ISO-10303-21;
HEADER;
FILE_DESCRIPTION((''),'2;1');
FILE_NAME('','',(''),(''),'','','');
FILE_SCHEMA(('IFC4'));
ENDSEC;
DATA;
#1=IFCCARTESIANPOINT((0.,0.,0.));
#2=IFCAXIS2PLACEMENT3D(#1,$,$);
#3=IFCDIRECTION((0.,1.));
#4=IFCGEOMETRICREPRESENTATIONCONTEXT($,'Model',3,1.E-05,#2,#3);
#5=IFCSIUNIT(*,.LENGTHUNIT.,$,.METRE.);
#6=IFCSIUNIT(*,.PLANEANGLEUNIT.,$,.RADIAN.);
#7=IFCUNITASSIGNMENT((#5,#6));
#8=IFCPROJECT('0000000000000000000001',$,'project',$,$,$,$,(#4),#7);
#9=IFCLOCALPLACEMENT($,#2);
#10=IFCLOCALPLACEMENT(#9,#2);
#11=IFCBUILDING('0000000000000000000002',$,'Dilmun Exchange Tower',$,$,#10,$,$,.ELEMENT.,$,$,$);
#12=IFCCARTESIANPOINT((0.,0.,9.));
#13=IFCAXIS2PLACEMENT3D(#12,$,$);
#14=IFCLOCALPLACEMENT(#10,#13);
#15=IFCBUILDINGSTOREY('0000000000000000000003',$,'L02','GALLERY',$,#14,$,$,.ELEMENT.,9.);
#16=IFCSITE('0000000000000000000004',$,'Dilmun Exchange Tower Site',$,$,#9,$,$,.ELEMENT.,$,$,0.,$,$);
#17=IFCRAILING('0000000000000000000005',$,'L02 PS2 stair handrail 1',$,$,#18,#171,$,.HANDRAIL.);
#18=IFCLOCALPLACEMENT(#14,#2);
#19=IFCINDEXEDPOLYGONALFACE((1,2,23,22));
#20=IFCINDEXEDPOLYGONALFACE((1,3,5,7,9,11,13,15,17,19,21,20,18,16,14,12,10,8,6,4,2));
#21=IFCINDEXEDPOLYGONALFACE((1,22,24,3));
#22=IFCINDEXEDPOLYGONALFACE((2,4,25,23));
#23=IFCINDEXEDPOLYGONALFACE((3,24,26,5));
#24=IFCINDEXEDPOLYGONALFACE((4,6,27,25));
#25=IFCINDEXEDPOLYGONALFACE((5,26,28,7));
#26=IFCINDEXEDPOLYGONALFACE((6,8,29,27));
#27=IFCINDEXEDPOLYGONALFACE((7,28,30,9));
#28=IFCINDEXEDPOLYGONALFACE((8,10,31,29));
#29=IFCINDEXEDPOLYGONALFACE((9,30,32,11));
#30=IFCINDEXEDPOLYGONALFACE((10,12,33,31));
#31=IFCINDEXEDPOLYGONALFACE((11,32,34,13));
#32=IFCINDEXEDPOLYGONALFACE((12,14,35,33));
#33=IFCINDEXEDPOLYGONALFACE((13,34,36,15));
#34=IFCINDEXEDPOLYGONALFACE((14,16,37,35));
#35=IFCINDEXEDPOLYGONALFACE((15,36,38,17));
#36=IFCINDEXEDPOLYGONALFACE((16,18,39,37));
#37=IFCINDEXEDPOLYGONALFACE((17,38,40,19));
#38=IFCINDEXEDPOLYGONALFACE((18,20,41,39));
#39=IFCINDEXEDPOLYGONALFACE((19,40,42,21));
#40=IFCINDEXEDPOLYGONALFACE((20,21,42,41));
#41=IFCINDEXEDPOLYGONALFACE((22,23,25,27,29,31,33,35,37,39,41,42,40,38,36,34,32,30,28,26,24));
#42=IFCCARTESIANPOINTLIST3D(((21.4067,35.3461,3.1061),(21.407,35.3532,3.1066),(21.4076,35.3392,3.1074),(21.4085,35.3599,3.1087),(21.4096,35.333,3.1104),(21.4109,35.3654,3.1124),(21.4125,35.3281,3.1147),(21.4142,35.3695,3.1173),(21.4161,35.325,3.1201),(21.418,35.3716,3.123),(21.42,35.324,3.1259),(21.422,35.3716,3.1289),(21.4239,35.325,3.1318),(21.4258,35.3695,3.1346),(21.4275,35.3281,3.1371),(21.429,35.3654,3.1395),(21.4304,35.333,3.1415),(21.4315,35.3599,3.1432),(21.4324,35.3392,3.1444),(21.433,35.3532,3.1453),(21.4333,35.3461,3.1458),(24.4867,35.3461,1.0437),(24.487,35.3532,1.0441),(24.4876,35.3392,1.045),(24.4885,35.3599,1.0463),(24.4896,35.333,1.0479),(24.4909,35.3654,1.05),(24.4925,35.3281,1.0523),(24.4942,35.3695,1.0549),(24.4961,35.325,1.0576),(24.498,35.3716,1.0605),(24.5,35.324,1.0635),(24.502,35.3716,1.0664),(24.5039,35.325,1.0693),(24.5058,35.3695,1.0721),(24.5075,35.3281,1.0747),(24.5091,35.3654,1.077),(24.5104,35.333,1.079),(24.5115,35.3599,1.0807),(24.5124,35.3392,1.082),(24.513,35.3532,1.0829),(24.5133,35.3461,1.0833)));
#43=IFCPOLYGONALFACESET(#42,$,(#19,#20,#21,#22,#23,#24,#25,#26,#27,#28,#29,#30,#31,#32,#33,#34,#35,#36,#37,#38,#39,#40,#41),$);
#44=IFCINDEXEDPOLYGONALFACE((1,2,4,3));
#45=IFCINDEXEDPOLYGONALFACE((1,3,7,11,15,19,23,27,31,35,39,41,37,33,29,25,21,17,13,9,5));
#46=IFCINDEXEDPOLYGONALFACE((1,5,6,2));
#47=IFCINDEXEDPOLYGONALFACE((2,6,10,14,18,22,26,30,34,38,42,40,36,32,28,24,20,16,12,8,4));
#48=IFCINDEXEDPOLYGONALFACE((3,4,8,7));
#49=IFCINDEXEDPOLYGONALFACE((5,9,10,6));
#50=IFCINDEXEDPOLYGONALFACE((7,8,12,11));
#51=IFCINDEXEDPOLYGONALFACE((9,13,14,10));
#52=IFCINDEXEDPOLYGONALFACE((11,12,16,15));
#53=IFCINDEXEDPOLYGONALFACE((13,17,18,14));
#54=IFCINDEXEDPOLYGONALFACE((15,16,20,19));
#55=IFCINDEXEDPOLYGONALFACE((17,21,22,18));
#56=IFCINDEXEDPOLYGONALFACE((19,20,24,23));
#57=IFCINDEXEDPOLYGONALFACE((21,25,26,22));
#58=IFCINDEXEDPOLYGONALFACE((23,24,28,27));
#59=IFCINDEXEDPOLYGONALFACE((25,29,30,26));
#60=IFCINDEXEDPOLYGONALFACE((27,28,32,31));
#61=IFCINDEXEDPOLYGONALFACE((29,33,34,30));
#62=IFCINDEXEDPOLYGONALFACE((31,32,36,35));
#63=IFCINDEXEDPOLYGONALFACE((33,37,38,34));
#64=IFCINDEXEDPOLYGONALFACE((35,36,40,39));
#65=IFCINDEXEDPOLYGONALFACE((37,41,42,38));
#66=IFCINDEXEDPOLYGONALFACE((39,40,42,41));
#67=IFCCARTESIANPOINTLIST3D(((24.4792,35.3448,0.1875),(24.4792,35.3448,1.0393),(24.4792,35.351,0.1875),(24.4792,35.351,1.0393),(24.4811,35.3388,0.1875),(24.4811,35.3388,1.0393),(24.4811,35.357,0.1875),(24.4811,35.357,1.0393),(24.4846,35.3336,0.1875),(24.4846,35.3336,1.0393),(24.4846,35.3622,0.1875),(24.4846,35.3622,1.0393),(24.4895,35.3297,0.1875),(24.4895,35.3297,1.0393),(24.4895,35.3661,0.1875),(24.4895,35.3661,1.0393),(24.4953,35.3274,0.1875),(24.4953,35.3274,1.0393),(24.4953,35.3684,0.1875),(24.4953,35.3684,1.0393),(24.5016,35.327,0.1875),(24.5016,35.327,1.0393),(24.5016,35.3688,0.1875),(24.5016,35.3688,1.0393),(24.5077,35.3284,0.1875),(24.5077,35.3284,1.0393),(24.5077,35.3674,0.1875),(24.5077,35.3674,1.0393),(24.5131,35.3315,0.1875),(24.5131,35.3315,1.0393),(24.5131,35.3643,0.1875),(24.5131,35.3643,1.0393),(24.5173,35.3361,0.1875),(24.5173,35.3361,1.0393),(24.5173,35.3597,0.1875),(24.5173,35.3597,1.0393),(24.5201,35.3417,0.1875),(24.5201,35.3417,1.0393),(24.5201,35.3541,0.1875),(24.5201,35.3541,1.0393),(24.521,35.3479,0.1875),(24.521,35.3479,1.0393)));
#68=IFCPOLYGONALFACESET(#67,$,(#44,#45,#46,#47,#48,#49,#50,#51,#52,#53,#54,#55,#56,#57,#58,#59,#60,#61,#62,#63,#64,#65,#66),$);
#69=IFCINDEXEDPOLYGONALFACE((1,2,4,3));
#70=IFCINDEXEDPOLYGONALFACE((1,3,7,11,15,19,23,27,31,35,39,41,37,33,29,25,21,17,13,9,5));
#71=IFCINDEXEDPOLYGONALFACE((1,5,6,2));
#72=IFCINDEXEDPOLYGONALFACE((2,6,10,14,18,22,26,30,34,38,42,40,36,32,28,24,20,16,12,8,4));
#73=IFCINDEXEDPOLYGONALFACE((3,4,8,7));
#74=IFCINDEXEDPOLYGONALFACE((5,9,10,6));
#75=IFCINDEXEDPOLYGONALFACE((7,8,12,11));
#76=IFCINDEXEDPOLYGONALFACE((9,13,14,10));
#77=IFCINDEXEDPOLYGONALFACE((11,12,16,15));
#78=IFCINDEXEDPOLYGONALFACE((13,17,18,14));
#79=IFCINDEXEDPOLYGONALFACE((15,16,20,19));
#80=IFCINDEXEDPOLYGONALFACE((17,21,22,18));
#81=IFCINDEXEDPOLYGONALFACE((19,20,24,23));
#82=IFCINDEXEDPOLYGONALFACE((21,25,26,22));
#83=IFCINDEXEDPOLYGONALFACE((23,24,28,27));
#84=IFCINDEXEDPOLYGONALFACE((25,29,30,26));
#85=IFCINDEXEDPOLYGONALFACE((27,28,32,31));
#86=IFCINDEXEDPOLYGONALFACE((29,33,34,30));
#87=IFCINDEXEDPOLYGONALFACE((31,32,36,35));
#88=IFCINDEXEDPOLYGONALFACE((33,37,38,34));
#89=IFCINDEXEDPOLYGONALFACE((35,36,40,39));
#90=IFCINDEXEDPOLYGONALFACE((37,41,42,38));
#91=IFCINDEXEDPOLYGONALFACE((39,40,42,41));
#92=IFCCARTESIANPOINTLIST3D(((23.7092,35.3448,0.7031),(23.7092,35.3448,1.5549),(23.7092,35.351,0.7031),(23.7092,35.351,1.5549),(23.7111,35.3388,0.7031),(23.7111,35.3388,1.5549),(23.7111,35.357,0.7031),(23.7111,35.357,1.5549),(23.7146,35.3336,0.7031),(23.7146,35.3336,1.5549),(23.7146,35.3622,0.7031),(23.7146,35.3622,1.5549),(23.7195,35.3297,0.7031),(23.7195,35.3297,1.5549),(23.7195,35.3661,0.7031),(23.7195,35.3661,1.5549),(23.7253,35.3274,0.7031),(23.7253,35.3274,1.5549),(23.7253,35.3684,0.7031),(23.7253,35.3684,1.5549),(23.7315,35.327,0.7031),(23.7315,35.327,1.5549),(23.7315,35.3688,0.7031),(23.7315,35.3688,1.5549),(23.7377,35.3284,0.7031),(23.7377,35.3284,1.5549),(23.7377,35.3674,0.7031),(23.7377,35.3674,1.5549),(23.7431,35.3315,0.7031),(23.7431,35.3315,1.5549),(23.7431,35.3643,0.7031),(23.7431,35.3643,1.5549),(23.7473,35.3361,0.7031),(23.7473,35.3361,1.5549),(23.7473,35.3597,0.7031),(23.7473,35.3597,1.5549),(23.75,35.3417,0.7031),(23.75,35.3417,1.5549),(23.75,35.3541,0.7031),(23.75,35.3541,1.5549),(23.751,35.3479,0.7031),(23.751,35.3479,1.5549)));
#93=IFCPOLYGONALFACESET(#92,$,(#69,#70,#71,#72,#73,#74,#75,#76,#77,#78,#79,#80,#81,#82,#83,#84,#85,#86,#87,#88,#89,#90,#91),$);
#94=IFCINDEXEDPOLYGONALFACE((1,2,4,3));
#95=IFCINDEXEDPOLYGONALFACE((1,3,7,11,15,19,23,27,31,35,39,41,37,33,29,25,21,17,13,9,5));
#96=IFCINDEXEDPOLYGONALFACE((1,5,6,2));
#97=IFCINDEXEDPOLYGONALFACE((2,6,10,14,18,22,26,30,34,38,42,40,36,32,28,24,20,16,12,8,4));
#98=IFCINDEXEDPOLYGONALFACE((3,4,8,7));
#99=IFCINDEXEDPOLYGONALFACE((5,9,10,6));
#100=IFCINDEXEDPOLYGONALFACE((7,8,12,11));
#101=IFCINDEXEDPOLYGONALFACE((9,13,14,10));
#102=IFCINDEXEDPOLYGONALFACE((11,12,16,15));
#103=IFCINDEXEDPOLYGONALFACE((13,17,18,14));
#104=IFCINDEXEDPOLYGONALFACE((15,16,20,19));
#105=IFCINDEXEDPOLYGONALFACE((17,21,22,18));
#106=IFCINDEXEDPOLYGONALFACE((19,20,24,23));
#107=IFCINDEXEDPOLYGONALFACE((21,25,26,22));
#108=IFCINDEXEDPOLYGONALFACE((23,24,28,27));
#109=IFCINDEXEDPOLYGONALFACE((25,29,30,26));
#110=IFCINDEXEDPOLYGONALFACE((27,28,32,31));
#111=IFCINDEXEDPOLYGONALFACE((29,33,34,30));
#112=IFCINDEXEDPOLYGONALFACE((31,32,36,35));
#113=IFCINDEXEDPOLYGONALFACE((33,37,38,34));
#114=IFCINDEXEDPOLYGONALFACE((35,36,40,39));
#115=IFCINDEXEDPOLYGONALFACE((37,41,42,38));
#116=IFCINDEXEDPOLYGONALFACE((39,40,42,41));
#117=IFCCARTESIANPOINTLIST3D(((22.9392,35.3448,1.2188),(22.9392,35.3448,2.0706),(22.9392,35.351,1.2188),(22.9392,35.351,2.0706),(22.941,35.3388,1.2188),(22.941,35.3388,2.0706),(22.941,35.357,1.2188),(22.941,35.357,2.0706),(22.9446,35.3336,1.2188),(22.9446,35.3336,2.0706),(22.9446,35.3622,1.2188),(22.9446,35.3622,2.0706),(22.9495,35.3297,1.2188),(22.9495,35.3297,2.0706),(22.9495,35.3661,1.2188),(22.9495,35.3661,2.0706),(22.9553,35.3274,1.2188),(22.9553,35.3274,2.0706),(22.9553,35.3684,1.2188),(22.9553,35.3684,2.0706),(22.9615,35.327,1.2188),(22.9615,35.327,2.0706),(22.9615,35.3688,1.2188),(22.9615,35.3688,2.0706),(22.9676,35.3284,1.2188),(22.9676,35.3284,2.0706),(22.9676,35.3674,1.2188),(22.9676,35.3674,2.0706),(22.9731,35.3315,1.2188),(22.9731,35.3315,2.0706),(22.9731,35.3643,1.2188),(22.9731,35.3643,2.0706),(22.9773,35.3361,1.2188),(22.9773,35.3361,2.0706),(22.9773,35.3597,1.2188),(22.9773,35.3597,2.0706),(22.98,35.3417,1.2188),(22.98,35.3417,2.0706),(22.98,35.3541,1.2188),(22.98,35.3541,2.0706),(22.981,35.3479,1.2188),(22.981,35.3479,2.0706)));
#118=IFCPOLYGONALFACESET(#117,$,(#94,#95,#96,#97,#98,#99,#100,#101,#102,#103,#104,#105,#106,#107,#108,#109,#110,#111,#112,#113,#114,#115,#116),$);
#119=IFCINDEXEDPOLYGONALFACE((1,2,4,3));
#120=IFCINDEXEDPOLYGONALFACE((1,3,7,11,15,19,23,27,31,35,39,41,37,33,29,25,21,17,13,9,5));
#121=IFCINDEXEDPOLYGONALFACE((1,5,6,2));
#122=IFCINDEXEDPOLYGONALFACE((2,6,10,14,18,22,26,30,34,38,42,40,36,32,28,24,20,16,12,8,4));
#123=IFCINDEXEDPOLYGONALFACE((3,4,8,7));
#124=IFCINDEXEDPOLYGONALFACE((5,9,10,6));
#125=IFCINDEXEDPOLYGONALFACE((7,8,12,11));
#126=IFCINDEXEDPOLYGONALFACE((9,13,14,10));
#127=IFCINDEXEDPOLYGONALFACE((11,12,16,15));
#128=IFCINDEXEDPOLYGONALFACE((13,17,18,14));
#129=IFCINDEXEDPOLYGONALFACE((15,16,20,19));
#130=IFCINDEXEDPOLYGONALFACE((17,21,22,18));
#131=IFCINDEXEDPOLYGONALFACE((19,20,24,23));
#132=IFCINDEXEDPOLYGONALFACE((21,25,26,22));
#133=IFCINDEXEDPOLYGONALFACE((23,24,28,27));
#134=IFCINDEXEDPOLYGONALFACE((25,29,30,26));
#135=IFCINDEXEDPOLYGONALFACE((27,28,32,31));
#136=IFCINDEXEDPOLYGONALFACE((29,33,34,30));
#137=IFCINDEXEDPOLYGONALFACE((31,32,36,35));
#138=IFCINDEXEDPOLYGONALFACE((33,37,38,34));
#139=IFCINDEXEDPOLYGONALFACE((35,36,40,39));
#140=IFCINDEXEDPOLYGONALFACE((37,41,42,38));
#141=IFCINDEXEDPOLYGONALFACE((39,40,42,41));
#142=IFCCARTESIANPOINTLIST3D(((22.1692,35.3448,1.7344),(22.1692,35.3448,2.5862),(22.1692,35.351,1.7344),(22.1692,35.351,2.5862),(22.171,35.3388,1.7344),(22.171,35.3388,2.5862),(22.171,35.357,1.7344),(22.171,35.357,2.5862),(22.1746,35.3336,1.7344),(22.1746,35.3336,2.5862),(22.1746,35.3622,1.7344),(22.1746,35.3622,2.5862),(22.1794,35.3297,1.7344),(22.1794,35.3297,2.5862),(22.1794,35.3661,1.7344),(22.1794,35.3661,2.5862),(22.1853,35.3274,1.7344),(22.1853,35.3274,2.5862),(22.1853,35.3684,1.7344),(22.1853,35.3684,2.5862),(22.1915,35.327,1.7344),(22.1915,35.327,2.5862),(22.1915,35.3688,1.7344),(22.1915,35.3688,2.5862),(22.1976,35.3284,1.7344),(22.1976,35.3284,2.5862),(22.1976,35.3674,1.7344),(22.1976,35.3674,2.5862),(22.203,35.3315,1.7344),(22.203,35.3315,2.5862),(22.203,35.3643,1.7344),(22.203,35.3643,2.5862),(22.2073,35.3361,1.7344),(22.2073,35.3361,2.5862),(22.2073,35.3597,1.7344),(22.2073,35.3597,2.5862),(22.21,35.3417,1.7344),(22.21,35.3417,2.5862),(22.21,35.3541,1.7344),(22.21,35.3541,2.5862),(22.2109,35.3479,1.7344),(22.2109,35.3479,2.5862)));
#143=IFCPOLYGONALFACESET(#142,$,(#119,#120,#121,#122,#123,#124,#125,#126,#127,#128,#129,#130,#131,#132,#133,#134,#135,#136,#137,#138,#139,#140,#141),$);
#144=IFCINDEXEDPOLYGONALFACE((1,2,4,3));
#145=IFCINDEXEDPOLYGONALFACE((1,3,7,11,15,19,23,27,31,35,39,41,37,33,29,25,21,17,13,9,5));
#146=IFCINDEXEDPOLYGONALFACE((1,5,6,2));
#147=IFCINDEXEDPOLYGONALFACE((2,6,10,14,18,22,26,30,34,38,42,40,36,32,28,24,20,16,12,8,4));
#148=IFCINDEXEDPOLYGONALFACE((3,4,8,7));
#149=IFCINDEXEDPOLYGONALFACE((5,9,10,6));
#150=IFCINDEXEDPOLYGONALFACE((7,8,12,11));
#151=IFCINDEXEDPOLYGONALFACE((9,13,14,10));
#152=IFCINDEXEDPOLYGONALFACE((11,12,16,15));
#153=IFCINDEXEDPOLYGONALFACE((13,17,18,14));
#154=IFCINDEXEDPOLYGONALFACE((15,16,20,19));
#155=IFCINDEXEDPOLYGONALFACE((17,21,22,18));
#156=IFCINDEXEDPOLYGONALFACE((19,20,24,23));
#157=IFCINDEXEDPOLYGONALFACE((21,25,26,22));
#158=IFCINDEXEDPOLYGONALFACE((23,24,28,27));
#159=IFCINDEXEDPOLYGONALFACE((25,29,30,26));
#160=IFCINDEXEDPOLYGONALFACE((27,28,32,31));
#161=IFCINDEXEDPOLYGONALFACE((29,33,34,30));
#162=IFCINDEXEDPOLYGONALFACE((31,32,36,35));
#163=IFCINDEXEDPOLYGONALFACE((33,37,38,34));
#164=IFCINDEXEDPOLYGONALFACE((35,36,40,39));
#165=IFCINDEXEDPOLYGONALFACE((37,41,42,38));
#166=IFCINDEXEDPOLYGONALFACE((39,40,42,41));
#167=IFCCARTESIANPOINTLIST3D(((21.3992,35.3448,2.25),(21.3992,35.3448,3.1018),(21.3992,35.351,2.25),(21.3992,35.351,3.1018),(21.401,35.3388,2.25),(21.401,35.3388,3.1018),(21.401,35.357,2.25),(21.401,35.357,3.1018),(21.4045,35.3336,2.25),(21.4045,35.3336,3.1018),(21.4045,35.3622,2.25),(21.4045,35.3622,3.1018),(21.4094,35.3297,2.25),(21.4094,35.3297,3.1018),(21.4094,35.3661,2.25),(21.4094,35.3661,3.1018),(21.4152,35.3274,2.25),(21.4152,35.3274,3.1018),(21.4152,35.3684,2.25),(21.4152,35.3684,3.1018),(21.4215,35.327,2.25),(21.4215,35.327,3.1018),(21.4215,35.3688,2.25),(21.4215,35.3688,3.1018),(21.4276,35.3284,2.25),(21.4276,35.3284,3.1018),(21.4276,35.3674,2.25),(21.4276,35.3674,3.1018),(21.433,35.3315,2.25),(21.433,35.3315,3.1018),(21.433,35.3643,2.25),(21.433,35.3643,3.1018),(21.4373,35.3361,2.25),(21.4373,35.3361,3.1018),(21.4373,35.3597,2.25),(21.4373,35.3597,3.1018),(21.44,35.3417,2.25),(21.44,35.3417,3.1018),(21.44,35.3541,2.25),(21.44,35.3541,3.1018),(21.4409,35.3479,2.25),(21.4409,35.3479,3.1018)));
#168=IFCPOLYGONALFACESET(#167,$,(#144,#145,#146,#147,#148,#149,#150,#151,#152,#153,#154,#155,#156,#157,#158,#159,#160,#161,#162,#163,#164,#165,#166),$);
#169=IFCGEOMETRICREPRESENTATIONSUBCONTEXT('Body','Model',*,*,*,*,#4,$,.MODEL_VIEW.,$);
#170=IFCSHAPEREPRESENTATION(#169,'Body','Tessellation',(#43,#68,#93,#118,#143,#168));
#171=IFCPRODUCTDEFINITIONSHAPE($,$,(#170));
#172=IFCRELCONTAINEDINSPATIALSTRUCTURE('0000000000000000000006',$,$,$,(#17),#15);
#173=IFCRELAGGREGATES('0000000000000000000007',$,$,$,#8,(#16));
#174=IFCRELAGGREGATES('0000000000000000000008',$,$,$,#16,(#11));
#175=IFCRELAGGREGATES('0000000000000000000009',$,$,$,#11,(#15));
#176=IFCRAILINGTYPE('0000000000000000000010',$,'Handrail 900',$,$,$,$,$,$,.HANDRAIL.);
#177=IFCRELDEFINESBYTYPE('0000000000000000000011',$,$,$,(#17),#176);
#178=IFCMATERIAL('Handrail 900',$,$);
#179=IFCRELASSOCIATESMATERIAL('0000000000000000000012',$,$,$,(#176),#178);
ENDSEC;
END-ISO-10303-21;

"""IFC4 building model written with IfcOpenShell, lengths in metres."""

from ifc_helpers import new_model, si_unit, direction, frame, origin, origin_2d, place, context, subcontext, project, spatial, circle, extrude, material, type_object, element, save


model = new_model("IFC4")

# Units and contexts
model_context = context("Model", 3, precision=1e-05, world=origin(), true_north=direction((0.0, 1.0)))
body_context = subcontext(model_context, "Body", "Model", "MODEL_VIEW")
ifc_project = project(units=[si_unit("LENGTHUNIT", "METRE"), si_unit("PLANEANGLEUNIT", "RADIAN")], contexts=[model_context])

# Site, building, storey
site_placement = place(None, origin())
site = spatial("IfcSite", under=ifc_project, at=site_placement, Name="Dilmun Exchange Tower Site", CompositionType="ELEMENT", RefElevation=0.0)
building_placement = place(site_placement, origin())
building = spatial("IfcBuilding", under=site, at=building_placement, Name="Dilmun Exchange Tower", CompositionType="ELEMENT")
storey_placement = place(building_placement, frame((0.0, 0.0, 9.0)))
storey = spatial("IfcBuildingStorey", under=building, at=storey_placement, Name="L02", Description="GALLERY", CompositionType="ELEMENT", Elevation=9.0)

# Railing
ifc_material_1 = material(Name="Handrail 900")
railing_type_1 = type_object("IfcRailingType", Name="Handrail 900", PredefinedType="HANDRAIL", material=ifc_material_1)
railing_1_placement = place(storey_placement, frame((24.5, 35.3479, 0.1875)))
element("IfcRailing", 1, at=railing_1_placement, inside=storey, type_object=railing_type_1, Name="L02 PS2 stair handrail 1", PredefinedType="HANDRAIL", context=body_context, shape_type="SweptSolid", body=[
    extrude(circle(Radius=0.0239, at=origin_2d()), frame((0.0, 0.0, 0.876), z_axis=(-0.830914, 0.0, 0.556401), x_axis=(0.0, -1.0, 0.0)), (0.0, 0.0, 1.0), 3.7068),
    extrude(circle(Radius=0.021, at=origin_2d()), origin(), (0.0, 0.0, 1.0), 0.8518),
    extrude(circle(Radius=0.021, at=origin_2d()), frame((-0.77, 0.0, 0.5156)), (0.0, 0.0, 1.0), 0.8518),
    extrude(circle(Radius=0.021, at=origin_2d()), frame((-1.54, 0.0, 1.0312)), (0.0, 0.0, 1.0), 0.8518),
    extrude(circle(Radius=0.021, at=origin_2d()), frame((-2.3101, 0.0, 1.5469)), (0.0, 0.0, 1.0), 0.8518),
    extrude(circle(Radius=0.021, at=origin_2d()), frame((-3.0801, 0.0, 2.0625)), (0.0, 0.0, 1.0), 0.8518),
])

save(model, "model.ifc")
